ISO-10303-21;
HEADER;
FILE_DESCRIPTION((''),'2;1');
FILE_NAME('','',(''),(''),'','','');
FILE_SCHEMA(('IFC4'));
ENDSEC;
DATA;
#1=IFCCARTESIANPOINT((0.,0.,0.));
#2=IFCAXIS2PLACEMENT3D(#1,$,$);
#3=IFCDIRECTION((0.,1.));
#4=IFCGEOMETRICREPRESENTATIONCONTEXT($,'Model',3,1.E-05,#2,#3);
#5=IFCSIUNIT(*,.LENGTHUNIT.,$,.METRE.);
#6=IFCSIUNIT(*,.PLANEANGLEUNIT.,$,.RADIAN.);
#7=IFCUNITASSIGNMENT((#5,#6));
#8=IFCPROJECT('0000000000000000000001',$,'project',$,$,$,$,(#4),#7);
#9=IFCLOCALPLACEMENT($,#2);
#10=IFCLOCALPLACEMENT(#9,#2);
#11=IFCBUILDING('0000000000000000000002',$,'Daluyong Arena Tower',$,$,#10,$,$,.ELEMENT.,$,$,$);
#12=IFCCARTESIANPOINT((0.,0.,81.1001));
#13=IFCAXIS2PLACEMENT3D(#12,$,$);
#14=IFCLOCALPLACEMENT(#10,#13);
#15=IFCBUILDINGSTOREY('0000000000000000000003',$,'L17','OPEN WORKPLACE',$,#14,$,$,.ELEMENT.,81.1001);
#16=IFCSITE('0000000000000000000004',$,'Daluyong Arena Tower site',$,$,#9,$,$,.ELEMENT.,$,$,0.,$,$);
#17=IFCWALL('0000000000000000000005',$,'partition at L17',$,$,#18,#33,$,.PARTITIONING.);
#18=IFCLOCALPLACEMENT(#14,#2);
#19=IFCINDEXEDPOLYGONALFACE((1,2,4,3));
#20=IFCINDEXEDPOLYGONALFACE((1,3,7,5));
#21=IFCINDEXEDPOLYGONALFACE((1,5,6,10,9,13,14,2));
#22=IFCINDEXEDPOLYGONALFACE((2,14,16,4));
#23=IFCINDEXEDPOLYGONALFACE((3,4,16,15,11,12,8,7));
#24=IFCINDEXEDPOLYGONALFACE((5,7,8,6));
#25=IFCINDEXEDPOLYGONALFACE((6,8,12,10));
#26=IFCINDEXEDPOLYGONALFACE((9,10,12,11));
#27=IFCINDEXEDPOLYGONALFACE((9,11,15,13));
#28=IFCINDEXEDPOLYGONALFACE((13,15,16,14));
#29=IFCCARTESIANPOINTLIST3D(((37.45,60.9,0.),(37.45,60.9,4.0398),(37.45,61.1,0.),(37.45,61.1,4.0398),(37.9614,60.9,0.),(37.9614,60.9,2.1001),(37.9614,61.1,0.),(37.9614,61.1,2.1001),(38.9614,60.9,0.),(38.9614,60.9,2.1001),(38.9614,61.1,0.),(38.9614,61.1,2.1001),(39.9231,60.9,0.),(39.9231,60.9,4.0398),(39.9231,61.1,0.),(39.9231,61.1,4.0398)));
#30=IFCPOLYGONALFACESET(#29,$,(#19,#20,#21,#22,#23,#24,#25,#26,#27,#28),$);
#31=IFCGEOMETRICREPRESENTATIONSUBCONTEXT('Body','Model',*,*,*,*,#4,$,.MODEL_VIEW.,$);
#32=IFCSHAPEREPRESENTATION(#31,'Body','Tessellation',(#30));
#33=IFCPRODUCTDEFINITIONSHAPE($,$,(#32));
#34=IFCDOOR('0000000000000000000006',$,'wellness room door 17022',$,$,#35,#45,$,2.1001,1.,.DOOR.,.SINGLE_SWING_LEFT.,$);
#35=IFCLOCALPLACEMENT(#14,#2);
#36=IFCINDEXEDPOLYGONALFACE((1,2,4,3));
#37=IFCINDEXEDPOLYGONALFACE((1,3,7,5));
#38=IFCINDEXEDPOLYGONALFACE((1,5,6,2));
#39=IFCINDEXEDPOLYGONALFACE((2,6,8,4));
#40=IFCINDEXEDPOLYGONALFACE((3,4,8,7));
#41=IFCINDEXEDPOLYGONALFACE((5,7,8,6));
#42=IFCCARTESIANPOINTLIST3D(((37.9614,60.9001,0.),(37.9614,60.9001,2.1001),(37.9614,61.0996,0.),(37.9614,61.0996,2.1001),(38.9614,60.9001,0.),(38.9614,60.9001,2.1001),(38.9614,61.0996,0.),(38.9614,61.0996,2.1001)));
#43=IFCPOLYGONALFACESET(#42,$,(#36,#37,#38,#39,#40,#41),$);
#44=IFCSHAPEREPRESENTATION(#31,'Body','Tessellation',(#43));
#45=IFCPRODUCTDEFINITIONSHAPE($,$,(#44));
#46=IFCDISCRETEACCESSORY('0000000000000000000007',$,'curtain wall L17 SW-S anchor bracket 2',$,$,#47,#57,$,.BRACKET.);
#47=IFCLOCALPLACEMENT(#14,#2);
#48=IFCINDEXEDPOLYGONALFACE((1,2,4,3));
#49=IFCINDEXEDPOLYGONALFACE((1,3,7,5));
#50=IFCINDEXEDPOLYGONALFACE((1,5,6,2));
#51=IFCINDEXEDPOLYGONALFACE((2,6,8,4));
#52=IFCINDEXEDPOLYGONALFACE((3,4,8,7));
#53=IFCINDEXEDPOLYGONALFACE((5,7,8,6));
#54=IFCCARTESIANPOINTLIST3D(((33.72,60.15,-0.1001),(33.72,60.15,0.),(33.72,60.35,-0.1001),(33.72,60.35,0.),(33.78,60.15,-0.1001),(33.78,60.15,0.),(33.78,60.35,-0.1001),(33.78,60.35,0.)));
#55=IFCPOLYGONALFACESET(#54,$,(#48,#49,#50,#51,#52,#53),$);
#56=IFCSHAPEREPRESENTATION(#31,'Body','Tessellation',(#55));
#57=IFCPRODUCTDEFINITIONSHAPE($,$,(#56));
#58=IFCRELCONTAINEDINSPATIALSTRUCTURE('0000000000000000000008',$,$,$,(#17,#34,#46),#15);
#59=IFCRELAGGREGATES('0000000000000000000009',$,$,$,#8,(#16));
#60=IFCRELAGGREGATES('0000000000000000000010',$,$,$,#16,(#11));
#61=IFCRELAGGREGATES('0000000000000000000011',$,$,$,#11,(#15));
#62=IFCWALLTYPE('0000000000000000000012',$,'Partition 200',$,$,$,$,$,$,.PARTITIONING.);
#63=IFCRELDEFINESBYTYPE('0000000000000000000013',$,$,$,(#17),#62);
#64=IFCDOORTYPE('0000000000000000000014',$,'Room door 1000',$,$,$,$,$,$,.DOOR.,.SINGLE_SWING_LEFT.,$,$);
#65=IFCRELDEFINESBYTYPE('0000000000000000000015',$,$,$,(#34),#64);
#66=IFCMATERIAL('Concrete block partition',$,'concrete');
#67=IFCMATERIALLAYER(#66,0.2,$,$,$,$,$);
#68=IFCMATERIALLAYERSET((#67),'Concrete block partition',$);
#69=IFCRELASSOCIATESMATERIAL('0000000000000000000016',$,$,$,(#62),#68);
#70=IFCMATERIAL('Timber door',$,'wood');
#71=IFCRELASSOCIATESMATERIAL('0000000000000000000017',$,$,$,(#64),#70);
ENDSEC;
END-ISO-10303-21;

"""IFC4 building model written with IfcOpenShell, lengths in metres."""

from ifc_helpers import new_model, si_unit, direction, frame, frame_2d, origin, origin_2d, place, context, subcontext, project, spatial, rectangle, extrude, material, layer, layer_set, type_object, element, fill, save


model = new_model("IFC4")

# Units and contexts
model_context = context("Model", 3, precision=1e-05, world=origin(), true_north=direction((0.0, 1.0)))
body_context = subcontext(model_context, "Body", "Model", "MODEL_VIEW")
ifc_project = project(units=[si_unit("LENGTHUNIT", "METRE"), si_unit("PLANEANGLEUNIT", "RADIAN")], contexts=[model_context])

# Site, building, storey
site_placement = place(None, origin())
site = spatial("IfcSite", under=ifc_project, at=site_placement, Name="Daluyong Arena Tower site", CompositionType="ELEMENT", RefElevation=0.0)
building_placement = place(site_placement, origin())
building = spatial("IfcBuilding", under=site, at=building_placement, Name="Daluyong Arena Tower", CompositionType="ELEMENT")
storey_placement = place(building_placement, frame((0.0, 0.0, 81.1001)))
storey = spatial("IfcBuildingStorey", under=building, at=storey_placement, Name="L17", Description="OPEN WORKPLACE", CompositionType="ELEMENT", Elevation=81.1001)

# Wall, opening, door
ifc_material_1 = material(Name="Concrete block partition", Category="concrete")
ifc_layer_1 = layer(ifc_material_1, 0.2)
ifc_layer_set_1 = layer_set([ifc_layer_1], Name="Concrete block partition")
wall_type_1 = type_object("IfcWallType", Name="Partition 200", PredefinedType="PARTITIONING", material=ifc_layer_set_1)
wall_1_placement = place(storey_placement, frame((37.45, 61.0, 0.0), z_axis=(0.0, 0.0, 1.0), x_axis=(1.0, 0.0, 0.0)))
wall_1 = element("IfcWall", 1, at=wall_1_placement, inside=storey, type_object=wall_type_1, Name="partition at L17", PredefinedType="PARTITIONING", context=body_context, shape_type="SweptSolid", body=[
    extrude(rectangle(XDim=2.4731, YDim=0.2, at=frame_2d((1.2366, 0.0))), origin(), (0.0, 0.0, 1.0), 4.0398),
])
opening_1_placement = place(wall_1_placement, frame((0.5115, 0.0, 0.0)))
opening_1 = element("IfcOpeningElement", 2, at=opening_1_placement, cuts=wall_1, PredefinedType="OPENING", context=body_context, shape_type="SweptSolid", body=[
    extrude(rectangle(XDim=1.0, YDim=2.1001, at=frame_2d((0.5, 1.05))), frame((0.0, 0.1099, 0.0), z_axis=(0.0, -1.0, 0.0), x_axis=(1.0, 0.0, 0.0)), (0.0, 0.0, 1.0), 0.22),
])
ifc_material_2 = material(Name="Timber door", Category="wood")
door_type_1 = type_object("IfcDoorType", Name="Room door 1000", OperationType="SINGLE_SWING_LEFT", PredefinedType="DOOR", material=ifc_material_2)
door_1_placement = place(opening_1_placement, origin())
door_1 = element("IfcDoor", 3, at=door_1_placement, inside=storey, type_object=door_type_1, Name="wellness room door 17022", OperationType="SINGLE_SWING_LEFT", OverallHeight=2.1001, OverallWidth=1.0, PredefinedType="DOOR", context=body_context, shape_type="SweptSolid", body=[
    extrude(rectangle(XDim=1.0, YDim=2.1001, at=frame_2d((0.5, 1.05))), frame((0.0, 0.0996, 0.0), z_axis=(0.0, -1.0, 0.0), x_axis=(1.0, 0.0, 0.0)), (0.0, 0.0, 1.0), 0.1995),
])
fill(opening_1, door_1)

# Discrete accessory
discrete_accessory_placement = place(storey_placement, frame((33.75, 60.25, -0.1001), z_axis=(0.0, 0.0, 1.0), x_axis=(1.0, 0.0, 0.0)))
element("IfcDiscreteAccessory", 4, at=discrete_accessory_placement, inside=storey, Name="curtain wall L17 SW-S anchor bracket 2", PredefinedType="BRACKET", context=body_context, shape_type="SweptSolid", body=[
    extrude(rectangle(XDim=0.0601, YDim=0.2, at=origin_2d()), origin(), (0.0, 0.0, 1.0), 0.1001),
])

save(model, "model.ifc")
